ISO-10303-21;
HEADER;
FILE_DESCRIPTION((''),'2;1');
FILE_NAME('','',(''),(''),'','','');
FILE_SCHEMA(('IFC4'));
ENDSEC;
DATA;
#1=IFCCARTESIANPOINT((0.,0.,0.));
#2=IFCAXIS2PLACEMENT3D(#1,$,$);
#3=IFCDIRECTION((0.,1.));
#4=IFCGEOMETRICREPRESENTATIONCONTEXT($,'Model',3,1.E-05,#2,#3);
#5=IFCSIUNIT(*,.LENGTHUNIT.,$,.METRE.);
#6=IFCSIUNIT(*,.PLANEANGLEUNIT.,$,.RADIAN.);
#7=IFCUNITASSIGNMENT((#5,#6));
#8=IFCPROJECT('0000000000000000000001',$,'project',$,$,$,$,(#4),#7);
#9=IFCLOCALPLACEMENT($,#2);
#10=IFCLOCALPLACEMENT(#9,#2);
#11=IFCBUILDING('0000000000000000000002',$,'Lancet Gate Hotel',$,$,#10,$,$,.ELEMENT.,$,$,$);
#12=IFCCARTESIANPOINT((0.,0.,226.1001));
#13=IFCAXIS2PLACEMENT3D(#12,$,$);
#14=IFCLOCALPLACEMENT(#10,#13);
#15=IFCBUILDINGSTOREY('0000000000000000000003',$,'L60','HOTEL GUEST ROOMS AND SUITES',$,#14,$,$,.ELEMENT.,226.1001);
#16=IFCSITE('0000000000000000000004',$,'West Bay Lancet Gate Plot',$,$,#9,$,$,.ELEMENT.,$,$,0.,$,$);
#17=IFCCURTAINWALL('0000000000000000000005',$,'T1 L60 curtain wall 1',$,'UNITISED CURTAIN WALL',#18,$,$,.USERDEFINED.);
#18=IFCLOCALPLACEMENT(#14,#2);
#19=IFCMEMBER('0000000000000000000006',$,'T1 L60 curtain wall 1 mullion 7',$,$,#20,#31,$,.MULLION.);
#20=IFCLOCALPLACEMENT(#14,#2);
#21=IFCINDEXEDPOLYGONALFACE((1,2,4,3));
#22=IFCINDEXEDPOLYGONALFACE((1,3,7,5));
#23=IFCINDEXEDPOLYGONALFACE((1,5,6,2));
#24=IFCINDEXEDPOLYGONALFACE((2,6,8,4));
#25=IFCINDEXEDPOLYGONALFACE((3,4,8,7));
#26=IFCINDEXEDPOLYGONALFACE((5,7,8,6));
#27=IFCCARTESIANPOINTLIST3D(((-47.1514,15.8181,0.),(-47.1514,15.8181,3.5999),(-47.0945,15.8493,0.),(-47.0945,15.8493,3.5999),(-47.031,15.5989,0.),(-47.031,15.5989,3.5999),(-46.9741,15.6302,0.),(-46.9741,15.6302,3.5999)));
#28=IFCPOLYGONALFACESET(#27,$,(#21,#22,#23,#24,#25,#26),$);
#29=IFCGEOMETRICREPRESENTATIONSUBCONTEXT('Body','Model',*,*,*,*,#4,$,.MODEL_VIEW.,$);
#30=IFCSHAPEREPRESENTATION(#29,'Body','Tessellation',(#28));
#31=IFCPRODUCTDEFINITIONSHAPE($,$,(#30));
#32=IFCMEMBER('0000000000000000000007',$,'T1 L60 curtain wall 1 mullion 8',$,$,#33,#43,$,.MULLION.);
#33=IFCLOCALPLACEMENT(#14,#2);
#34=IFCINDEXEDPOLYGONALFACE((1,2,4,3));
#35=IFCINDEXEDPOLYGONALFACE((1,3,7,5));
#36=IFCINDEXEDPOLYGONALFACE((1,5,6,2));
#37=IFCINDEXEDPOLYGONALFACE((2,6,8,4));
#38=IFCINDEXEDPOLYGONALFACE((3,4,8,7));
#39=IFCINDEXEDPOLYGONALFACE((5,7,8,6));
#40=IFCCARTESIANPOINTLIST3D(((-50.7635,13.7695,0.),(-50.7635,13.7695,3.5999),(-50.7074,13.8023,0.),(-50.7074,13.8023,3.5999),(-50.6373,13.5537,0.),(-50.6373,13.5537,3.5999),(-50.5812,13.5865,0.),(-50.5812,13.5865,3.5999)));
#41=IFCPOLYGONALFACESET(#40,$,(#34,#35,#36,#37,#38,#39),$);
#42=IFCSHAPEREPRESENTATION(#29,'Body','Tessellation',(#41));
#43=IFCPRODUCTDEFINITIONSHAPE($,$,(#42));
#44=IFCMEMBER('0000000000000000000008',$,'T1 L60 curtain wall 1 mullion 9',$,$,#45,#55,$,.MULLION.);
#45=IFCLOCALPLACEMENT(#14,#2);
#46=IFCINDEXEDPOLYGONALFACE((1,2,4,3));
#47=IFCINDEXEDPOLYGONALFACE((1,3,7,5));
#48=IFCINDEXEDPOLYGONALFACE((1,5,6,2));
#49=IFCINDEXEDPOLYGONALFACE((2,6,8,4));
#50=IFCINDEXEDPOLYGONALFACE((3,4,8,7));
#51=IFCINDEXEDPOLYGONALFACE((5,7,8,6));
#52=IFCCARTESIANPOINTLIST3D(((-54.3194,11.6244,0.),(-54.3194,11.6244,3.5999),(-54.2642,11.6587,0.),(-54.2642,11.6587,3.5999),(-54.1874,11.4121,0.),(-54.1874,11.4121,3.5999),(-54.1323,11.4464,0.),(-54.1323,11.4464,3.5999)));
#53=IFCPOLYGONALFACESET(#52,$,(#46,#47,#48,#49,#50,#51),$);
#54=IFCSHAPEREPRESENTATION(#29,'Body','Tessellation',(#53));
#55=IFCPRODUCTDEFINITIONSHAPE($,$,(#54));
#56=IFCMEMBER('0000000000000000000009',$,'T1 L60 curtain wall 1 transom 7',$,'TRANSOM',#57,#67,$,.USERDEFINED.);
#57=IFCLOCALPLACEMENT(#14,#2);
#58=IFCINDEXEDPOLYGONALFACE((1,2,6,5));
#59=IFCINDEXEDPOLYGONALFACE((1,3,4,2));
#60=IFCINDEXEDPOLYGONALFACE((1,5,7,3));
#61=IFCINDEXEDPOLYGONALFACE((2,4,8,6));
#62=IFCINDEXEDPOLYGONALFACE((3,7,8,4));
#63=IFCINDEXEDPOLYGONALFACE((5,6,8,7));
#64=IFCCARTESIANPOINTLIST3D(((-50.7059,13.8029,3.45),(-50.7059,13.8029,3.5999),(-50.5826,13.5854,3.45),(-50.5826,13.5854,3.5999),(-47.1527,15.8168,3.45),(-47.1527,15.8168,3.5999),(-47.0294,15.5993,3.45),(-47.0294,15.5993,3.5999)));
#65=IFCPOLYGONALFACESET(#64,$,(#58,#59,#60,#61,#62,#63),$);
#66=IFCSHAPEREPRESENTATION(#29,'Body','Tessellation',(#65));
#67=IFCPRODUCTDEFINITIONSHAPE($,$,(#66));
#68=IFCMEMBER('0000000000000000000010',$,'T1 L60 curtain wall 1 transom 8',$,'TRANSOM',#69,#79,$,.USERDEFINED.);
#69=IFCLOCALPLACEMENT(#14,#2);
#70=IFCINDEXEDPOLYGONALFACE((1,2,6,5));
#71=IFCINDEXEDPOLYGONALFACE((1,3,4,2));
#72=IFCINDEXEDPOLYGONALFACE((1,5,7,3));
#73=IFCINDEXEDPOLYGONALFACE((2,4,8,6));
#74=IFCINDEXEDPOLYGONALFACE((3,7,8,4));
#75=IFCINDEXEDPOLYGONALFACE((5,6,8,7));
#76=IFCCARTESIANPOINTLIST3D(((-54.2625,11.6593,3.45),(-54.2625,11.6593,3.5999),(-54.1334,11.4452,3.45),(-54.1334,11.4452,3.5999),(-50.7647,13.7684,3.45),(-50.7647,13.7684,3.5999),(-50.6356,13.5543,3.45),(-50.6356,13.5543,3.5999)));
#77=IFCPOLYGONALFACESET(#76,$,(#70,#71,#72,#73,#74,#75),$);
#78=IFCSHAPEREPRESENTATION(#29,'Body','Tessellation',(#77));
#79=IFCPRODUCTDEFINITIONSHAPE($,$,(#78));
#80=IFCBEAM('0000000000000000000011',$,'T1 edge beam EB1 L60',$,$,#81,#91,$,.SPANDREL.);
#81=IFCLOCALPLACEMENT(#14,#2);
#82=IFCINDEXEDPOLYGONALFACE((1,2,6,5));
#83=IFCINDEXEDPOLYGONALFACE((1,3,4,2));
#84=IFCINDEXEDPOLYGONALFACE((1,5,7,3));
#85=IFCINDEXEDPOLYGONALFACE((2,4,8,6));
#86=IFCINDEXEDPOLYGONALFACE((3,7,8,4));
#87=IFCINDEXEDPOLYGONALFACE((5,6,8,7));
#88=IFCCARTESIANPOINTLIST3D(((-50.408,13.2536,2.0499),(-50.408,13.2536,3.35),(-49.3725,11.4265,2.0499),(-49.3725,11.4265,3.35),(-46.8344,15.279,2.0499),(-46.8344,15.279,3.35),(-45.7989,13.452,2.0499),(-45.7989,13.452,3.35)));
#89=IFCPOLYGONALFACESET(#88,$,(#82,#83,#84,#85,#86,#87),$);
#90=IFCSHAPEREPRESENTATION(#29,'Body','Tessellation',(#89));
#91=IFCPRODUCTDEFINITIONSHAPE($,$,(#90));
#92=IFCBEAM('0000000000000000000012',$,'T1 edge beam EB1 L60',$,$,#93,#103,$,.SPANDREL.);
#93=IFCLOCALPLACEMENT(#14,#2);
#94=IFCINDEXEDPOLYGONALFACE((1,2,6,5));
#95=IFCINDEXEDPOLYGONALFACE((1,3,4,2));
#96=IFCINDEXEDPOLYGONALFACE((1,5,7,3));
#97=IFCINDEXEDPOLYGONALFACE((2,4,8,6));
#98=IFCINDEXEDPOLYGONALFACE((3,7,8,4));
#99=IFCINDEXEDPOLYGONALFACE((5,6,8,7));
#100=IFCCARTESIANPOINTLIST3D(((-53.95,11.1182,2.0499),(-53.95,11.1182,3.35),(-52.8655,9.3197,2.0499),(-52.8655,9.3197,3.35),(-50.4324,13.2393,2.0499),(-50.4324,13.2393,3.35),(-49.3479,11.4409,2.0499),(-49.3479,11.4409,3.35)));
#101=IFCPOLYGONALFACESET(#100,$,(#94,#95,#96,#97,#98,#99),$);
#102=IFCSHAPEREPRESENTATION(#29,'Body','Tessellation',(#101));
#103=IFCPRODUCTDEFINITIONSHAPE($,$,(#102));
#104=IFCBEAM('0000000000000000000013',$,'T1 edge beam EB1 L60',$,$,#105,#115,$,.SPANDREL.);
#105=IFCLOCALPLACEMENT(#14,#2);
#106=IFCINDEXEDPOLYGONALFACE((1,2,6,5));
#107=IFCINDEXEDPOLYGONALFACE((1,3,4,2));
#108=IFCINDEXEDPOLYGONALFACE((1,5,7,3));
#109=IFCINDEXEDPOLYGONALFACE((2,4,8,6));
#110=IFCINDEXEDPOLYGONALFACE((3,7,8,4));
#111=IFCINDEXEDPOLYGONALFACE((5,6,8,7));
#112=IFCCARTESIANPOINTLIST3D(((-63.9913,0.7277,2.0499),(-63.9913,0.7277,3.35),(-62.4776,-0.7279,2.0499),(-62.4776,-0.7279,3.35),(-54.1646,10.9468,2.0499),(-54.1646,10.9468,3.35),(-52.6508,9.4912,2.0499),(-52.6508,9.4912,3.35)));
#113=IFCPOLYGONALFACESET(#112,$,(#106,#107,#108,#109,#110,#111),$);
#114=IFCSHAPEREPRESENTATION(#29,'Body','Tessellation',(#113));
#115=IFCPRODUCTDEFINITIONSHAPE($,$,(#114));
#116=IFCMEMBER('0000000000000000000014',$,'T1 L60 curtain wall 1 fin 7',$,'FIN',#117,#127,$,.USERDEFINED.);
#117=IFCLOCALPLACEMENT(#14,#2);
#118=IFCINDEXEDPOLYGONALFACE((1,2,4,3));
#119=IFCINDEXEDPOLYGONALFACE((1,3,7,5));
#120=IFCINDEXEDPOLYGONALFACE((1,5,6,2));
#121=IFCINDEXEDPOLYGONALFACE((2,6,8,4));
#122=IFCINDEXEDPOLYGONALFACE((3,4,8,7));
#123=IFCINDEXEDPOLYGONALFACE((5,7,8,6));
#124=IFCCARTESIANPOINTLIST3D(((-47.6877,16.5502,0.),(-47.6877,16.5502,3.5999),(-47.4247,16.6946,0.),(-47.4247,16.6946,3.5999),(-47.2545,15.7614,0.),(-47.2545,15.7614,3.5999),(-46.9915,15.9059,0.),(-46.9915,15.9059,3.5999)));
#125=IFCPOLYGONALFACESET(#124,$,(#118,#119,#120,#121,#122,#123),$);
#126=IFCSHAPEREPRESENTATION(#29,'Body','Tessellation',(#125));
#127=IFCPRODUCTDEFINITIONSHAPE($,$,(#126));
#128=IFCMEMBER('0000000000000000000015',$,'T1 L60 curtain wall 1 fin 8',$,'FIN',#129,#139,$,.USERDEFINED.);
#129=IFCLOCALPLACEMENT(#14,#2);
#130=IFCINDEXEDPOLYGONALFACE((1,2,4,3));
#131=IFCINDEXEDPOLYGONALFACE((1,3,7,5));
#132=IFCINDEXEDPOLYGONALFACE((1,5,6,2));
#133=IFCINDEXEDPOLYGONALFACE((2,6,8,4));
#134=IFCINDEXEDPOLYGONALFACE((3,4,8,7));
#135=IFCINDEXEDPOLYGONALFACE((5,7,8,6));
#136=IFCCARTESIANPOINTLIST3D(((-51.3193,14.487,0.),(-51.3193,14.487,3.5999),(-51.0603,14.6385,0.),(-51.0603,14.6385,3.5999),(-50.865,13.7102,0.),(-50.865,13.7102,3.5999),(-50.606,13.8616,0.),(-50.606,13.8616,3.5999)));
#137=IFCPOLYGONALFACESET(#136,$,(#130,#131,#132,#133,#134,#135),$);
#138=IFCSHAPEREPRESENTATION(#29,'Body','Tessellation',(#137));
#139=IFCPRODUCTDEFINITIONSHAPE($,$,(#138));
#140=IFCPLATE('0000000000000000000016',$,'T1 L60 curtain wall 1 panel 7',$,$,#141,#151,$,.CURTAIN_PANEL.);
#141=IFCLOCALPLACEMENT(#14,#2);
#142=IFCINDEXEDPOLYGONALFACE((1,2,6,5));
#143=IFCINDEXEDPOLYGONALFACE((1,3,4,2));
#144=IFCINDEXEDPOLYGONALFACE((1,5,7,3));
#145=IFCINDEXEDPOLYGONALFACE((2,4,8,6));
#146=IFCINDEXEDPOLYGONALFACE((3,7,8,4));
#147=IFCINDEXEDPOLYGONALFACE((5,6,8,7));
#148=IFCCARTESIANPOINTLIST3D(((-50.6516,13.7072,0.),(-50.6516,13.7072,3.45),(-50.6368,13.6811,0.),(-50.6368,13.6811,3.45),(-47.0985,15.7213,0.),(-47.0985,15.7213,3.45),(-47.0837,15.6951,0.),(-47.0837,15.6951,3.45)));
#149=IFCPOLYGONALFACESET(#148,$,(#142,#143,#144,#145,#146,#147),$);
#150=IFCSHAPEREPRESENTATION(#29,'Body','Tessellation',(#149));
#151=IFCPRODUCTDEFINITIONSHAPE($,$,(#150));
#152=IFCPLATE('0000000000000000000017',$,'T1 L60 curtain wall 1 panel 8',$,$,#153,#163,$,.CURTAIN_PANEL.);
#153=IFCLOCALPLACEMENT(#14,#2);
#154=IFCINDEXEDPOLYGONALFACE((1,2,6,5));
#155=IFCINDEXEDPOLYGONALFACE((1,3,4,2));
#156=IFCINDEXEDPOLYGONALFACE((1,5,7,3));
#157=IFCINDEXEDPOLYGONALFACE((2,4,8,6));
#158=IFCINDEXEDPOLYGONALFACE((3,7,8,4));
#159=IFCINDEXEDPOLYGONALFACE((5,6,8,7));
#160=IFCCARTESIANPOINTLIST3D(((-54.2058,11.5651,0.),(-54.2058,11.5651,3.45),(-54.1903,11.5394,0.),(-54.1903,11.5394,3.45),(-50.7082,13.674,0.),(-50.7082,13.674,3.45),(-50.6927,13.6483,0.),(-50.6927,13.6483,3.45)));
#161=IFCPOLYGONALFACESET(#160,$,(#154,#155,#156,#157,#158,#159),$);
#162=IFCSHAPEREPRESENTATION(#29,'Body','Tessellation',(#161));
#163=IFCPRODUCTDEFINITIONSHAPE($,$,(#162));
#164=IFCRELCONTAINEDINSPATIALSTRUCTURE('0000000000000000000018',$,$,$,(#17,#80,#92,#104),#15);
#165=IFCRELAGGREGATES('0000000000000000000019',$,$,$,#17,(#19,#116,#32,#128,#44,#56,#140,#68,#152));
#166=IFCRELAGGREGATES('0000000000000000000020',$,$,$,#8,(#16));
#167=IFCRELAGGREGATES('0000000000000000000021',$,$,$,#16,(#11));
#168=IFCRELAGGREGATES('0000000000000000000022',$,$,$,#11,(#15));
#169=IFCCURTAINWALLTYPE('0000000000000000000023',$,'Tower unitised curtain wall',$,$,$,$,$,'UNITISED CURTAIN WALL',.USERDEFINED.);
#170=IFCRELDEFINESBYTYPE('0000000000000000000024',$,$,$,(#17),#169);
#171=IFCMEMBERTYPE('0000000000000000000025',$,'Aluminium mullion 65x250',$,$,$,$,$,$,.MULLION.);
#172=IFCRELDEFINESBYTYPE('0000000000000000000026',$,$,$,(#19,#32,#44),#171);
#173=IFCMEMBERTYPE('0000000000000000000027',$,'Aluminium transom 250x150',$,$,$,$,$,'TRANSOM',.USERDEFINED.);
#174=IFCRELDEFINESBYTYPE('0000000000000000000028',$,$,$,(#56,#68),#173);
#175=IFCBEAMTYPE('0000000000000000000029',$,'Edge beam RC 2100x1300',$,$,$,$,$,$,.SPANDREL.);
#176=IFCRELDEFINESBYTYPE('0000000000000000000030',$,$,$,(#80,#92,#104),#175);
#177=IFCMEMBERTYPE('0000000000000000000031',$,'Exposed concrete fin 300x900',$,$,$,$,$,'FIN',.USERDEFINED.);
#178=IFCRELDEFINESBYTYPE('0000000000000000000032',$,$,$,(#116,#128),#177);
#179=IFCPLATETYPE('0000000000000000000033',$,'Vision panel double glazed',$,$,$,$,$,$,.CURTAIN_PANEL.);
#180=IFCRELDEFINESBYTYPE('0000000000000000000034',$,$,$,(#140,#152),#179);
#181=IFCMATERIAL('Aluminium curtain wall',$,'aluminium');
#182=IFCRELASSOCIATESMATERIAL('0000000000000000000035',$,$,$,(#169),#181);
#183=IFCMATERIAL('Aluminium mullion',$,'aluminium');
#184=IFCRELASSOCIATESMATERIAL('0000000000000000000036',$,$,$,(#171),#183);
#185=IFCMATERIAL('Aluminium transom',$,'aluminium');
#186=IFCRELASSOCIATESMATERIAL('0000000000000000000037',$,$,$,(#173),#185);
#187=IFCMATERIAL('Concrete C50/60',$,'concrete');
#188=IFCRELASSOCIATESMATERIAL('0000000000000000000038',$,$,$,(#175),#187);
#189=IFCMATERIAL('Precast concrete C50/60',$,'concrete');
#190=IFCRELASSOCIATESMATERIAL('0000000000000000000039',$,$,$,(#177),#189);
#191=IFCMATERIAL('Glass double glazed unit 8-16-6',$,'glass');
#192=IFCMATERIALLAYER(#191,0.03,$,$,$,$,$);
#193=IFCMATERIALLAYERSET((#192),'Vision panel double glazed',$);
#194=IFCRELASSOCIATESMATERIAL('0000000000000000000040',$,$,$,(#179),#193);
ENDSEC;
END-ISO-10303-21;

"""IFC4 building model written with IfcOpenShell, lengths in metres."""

from ifc_helpers import new_model, si_unit, direction, frame, origin, origin_2d, place, context, subcontext, project, spatial, rectangle, extrude, material, layer, layer_set, material_profile, profile_set, type_object, element, aggregate, save


model = new_model("IFC4")

# Units and contexts
model_context = context("Model", 3, precision=1e-05, world=origin(), true_north=direction((0.0, 1.0)))
body_context = subcontext(model_context, "Body", "Model", "MODEL_VIEW")
ifc_project = project(units=[si_unit("LENGTHUNIT", "METRE"), si_unit("PLANEANGLEUNIT", "RADIAN")], contexts=[model_context])

# Site, building, storey
site_placement = place(None, origin())
site = spatial("IfcSite", under=ifc_project, at=site_placement, Name="West Bay Lancet Gate Plot", CompositionType="ELEMENT", RefElevation=0.0)
building_placement = place(site_placement, origin())
building = spatial("IfcBuilding", under=site, at=building_placement, Name="Lancet Gate Hotel", CompositionType="ELEMENT")
storey_placement = place(building_placement, frame((0.0, 0.0, 226.1001)))
storey = spatial("IfcBuildingStorey", under=building, at=storey_placement, Name="L60", Description="HOTEL GUEST ROOMS AND SUITES", CompositionType="ELEMENT", Elevation=226.1001)

# Curtain wall, members
ifc_material_1 = material(Name="Aluminium curtain wall", Category="aluminium")
curtain_wall_type = type_object("IfcCurtainWallType", Name="Tower unitised curtain wall", ElementType="UNITISED CURTAIN WALL", PredefinedType="USERDEFINED", material=ifc_material_1)
curtain_wall_placement = place(storey_placement, origin())
curtain_wall = element("IfcCurtainWall", 1, at=curtain_wall_placement, inside=storey, type_object=curtain_wall_type, Name="T1 L60 curtain wall 1", ObjectType="UNITISED CURTAIN WALL", PredefinedType="USERDEFINED")
ifc_material_2 = material(Name="Aluminium mullion", Category="aluminium")
ifc_material_profile_1 = material_profile(ifc_material_2, rectangle(XDim=0.0649, YDim=0.25, at=origin_2d()), Name="MULLION 65x250")
ifc_profile_set_1 = profile_set([ifc_material_profile_1], Name="Aluminium mullion")
member_type_1 = type_object("IfcMemberType", Name="Aluminium mullion 65x250", PredefinedType="MULLION", material=ifc_profile_set_1)
member_1_placement = place(storey_placement, frame((-47.0627, 15.7241, 0.0), z_axis=(0.0, 0.0, 1.0), x_axis=(-0.876516, -0.481372, 0.0)))
member_1 = element("IfcMember", 2, at=member_1_placement, type_object=member_type_1, Name="T1 L60 curtain wall 1 mullion 7", PredefinedType="MULLION", context=body_context, shape_type="SweptSolid", body=[
    extrude(rectangle(XDim=0.0649, YDim=0.25, at=origin_2d()), origin(), (0.0, 0.0, 1.0), 3.5999),
])
member_2_placement = place(storey_placement, frame((-50.6724, 13.678, 0.0), z_axis=(0.0, 0.0, 1.0), x_axis=(-0.863242, -0.50479, 0.0)))
member_2 = element("IfcMember", 3, at=member_2_placement, type_object=member_type_1, Name="T1 L60 curtain wall 1 mullion 8", PredefinedType="MULLION", context=body_context, shape_type="SweptSolid", body=[
    extrude(rectangle(XDim=0.0649, YDim=0.25, at=origin_2d()), origin(), (0.0, 0.0, 1.0), 3.5999),
])
member_3_placement = place(storey_placement, frame((-54.2258, 11.5354, 0.0), z_axis=(0.0, 0.0, 1.0), x_axis=(-0.849342, -0.527842, 0.0)))
member_3 = element("IfcMember", 4, at=member_3_placement, type_object=member_type_1, Name="T1 L60 curtain wall 1 mullion 9", PredefinedType="MULLION", context=body_context, shape_type="SweptSolid", body=[
    extrude(rectangle(XDim=0.0649, YDim=0.25, at=origin_2d()), origin(), (0.0, 0.0, 1.0), 3.5999),
])
ifc_material_3 = material(Name="Aluminium transom", Category="aluminium")
ifc_material_profile_2 = material_profile(ifc_material_3, rectangle(XDim=0.25, YDim=0.1499, at=origin_2d()), Name="TRANSOM 250x150")
ifc_profile_set_2 = profile_set([ifc_material_profile_2], Name="Aluminium transom")
member_type_2 = type_object("IfcMemberType", Name="Aluminium transom 250x150", ElementType="TRANSOM", PredefinedType="USERDEFINED", material=ifc_profile_set_2)
member_4_placement = place(storey_placement, frame((-47.0911, 15.708, 3.5249), z_axis=(-0.869978, -0.493091, 0.0), x_axis=(0.493091, -0.869978, 0.0)))
member_4 = element("IfcMember", 5, at=member_4_placement, type_object=member_type_2, Name="T1 L60 curtain wall 1 transom 7", ObjectType="TRANSOM", PredefinedType="USERDEFINED", context=body_context, shape_type="SweptSolid", body=[
    extrude(rectangle(XDim=0.25, YDim=0.1499, at=origin_2d()), origin(), (0.0, 0.0, 1.0), 4.0842),
])
member_5_placement = place(storey_placement, frame((-50.7002, 13.6614, 3.5249), z_axis=(-0.856362, -0.516376, 0.0), x_axis=(0.516376, -0.856362, 0.0)))
member_5 = element("IfcMember", 6, at=member_5_placement, type_object=member_type_2, Name="T1 L60 curtain wall 1 transom 8", ObjectType="TRANSOM", PredefinedType="USERDEFINED", context=body_context, shape_type="SweptSolid", body=[
    extrude(rectangle(XDim=0.25, YDim=0.1499, at=origin_2d()), origin(), (0.0, 0.0, 1.0), 4.0845),
])

# Beams
ifc_material_4 = material(Name="Concrete C50/60", Category="concrete")
ifc_material_profile_3 = material_profile(ifc_material_4, rectangle(XDim=2.1001, YDim=1.3, at=origin_2d()), Name="RC 2100x1300")
ifc_profile_set_3 = profile_set([ifc_material_profile_3], Name="Concrete C50/60")
beam_type = type_object("IfcBeamType", Name="Edge beam RC 2100x1300", PredefinedType="SPANDREL", material=ifc_profile_set_3)
for number, where, z_axis, x_axis, name in (
    (7, (-46.3167, 14.3655, 2.7), (-0.869979, -0.493089, 0.0), (0.493089, -0.869979, 0.0), "T1 edge beam EB1 L60"),
    (8, (-49.8901, 12.3401, 2.7), (-0.856358, -0.516382, 0.0), (0.516382, -0.856358, 0.0), "T1 edge beam EB1 L60"),
):
    element("IfcBeam", number, at=place(storey_placement, frame(where, z_axis=z_axis, x_axis=x_axis)), inside=storey, type_object=beam_type, Name=name, PredefinedType="SPANDREL", context=body_context, shape_type="SweptSolid", body=[
        extrude(rectangle(XDim=2.1001, YDim=1.3, at=origin_2d()), origin(), (0.0, 0.0, 1.0), 4.1077),
    ])
beam_placement = place(storey_placement, frame((-53.4077, 10.219, 2.7), z_axis=(-0.693135, -0.720808, 0.0), x_axis=(0.720808, -0.693135, 0.0)))
element("IfcBeam", 9, at=beam_placement, inside=storey, type_object=beam_type, Name="T1 edge beam EB1 L60", PredefinedType="SPANDREL", context=body_context, shape_type="SweptSolid", body=[
    extrude(rectangle(XDim=2.1001, YDim=1.3, at=origin_2d()), origin(), (0.0, 0.0, 1.0), 14.1772),
])

# Members
ifc_material_5 = material(Name="Precast concrete C50/60", Category="concrete")
ifc_material_profile_4 = material_profile(ifc_material_5, rectangle(XDim=0.3, YDim=0.8999, at=origin_2d()), Name="FIN 300x900")
ifc_profile_set_4 = profile_set([ifc_material_profile_4], Name="Precast concrete C50/60")
member_type_3 = type_object("IfcMemberType", Name="Exposed concrete fin 300x900", ElementType="FIN", PredefinedType="USERDEFINED", material=ifc_profile_set_4)
member_6_placement = place(storey_placement, frame((-47.3396, 16.228, 0.0), z_axis=(0.0, 0.0, 1.0), x_axis=(-0.876516, -0.481372, 0.0)))
member_6 = element("IfcMember", 10, at=member_6_placement, type_object=member_type_3, Name="T1 L60 curtain wall 1 fin 7", ObjectType="FIN", PredefinedType="USERDEFINED", context=body_context, shape_type="SweptSolid", body=[
    extrude(rectangle(XDim=0.3, YDim=0.8999, at=origin_2d()), origin(), (0.0, 0.0, 1.0), 3.5999),
])
member_7_placement = place(storey_placement, frame((-50.9626, 14.1743, 0.0), z_axis=(0.0, 0.0, 1.0), x_axis=(-0.863242, -0.50479, 0.0)))
member_7 = element("IfcMember", 11, at=member_7_placement, type_object=member_type_3, Name="T1 L60 curtain wall 1 fin 8", ObjectType="FIN", PredefinedType="USERDEFINED", context=body_context, shape_type="SweptSolid", body=[
    extrude(rectangle(XDim=0.3, YDim=0.8999, at=origin_2d()), origin(), (0.0, 0.0, 1.0), 3.5999),
])

# Plates
ifc_material_6 = material(Name="Glass double glazed unit 8-16-6", Category="glass")
ifc_layer_1 = layer(ifc_material_6, 0.03)
ifc_layer_set_1 = layer_set([ifc_layer_1], Name="Vision panel double glazed")
plate_type = type_object("IfcPlateType", Name="Vision panel double glazed", PredefinedType="CURTAIN_PANEL", material=ifc_layer_set_1)
plate_1_placement = place(storey_placement, frame((-48.8677, 14.7012, 0.0), z_axis=(0.0, 0.0, 1.0), x_axis=(-0.869958, -0.493126, 0.0)))
plate_1 = element("IfcPlate", 12, at=plate_1_placement, type_object=plate_type, Name="T1 L60 curtain wall 1 panel 7", PredefinedType="CURTAIN_PANEL", context=body_context, shape_type="SweptSolid", body=[
    extrude(rectangle(XDim=4.0842, YDim=0.03, at=origin_2d()), origin(), (0.0, 0.0, 1.0), 3.45),
])
plate_2_placement = place(storey_placement, frame((-52.4492, 12.6067, 0.0), z_axis=(0.0, 0.0, 1.0), x_axis=(-0.85637, -0.516363, 0.0)))
plate_2 = element("IfcPlate", 13, at=plate_2_placement, type_object=plate_type, Name="T1 L60 curtain wall 1 panel 8", PredefinedType="CURTAIN_PANEL", context=body_context, shape_type="SweptSolid", body=[
    extrude(rectangle(XDim=4.0842, YDim=0.03, at=origin_2d()), origin(), (0.0, 0.0, 1.0), 3.45),
])
aggregate(curtain_wall, [member_1, member_6, member_2, member_7, member_3, member_4, plate_1, member_5, plate_2])

save(model, "model.ifc")
